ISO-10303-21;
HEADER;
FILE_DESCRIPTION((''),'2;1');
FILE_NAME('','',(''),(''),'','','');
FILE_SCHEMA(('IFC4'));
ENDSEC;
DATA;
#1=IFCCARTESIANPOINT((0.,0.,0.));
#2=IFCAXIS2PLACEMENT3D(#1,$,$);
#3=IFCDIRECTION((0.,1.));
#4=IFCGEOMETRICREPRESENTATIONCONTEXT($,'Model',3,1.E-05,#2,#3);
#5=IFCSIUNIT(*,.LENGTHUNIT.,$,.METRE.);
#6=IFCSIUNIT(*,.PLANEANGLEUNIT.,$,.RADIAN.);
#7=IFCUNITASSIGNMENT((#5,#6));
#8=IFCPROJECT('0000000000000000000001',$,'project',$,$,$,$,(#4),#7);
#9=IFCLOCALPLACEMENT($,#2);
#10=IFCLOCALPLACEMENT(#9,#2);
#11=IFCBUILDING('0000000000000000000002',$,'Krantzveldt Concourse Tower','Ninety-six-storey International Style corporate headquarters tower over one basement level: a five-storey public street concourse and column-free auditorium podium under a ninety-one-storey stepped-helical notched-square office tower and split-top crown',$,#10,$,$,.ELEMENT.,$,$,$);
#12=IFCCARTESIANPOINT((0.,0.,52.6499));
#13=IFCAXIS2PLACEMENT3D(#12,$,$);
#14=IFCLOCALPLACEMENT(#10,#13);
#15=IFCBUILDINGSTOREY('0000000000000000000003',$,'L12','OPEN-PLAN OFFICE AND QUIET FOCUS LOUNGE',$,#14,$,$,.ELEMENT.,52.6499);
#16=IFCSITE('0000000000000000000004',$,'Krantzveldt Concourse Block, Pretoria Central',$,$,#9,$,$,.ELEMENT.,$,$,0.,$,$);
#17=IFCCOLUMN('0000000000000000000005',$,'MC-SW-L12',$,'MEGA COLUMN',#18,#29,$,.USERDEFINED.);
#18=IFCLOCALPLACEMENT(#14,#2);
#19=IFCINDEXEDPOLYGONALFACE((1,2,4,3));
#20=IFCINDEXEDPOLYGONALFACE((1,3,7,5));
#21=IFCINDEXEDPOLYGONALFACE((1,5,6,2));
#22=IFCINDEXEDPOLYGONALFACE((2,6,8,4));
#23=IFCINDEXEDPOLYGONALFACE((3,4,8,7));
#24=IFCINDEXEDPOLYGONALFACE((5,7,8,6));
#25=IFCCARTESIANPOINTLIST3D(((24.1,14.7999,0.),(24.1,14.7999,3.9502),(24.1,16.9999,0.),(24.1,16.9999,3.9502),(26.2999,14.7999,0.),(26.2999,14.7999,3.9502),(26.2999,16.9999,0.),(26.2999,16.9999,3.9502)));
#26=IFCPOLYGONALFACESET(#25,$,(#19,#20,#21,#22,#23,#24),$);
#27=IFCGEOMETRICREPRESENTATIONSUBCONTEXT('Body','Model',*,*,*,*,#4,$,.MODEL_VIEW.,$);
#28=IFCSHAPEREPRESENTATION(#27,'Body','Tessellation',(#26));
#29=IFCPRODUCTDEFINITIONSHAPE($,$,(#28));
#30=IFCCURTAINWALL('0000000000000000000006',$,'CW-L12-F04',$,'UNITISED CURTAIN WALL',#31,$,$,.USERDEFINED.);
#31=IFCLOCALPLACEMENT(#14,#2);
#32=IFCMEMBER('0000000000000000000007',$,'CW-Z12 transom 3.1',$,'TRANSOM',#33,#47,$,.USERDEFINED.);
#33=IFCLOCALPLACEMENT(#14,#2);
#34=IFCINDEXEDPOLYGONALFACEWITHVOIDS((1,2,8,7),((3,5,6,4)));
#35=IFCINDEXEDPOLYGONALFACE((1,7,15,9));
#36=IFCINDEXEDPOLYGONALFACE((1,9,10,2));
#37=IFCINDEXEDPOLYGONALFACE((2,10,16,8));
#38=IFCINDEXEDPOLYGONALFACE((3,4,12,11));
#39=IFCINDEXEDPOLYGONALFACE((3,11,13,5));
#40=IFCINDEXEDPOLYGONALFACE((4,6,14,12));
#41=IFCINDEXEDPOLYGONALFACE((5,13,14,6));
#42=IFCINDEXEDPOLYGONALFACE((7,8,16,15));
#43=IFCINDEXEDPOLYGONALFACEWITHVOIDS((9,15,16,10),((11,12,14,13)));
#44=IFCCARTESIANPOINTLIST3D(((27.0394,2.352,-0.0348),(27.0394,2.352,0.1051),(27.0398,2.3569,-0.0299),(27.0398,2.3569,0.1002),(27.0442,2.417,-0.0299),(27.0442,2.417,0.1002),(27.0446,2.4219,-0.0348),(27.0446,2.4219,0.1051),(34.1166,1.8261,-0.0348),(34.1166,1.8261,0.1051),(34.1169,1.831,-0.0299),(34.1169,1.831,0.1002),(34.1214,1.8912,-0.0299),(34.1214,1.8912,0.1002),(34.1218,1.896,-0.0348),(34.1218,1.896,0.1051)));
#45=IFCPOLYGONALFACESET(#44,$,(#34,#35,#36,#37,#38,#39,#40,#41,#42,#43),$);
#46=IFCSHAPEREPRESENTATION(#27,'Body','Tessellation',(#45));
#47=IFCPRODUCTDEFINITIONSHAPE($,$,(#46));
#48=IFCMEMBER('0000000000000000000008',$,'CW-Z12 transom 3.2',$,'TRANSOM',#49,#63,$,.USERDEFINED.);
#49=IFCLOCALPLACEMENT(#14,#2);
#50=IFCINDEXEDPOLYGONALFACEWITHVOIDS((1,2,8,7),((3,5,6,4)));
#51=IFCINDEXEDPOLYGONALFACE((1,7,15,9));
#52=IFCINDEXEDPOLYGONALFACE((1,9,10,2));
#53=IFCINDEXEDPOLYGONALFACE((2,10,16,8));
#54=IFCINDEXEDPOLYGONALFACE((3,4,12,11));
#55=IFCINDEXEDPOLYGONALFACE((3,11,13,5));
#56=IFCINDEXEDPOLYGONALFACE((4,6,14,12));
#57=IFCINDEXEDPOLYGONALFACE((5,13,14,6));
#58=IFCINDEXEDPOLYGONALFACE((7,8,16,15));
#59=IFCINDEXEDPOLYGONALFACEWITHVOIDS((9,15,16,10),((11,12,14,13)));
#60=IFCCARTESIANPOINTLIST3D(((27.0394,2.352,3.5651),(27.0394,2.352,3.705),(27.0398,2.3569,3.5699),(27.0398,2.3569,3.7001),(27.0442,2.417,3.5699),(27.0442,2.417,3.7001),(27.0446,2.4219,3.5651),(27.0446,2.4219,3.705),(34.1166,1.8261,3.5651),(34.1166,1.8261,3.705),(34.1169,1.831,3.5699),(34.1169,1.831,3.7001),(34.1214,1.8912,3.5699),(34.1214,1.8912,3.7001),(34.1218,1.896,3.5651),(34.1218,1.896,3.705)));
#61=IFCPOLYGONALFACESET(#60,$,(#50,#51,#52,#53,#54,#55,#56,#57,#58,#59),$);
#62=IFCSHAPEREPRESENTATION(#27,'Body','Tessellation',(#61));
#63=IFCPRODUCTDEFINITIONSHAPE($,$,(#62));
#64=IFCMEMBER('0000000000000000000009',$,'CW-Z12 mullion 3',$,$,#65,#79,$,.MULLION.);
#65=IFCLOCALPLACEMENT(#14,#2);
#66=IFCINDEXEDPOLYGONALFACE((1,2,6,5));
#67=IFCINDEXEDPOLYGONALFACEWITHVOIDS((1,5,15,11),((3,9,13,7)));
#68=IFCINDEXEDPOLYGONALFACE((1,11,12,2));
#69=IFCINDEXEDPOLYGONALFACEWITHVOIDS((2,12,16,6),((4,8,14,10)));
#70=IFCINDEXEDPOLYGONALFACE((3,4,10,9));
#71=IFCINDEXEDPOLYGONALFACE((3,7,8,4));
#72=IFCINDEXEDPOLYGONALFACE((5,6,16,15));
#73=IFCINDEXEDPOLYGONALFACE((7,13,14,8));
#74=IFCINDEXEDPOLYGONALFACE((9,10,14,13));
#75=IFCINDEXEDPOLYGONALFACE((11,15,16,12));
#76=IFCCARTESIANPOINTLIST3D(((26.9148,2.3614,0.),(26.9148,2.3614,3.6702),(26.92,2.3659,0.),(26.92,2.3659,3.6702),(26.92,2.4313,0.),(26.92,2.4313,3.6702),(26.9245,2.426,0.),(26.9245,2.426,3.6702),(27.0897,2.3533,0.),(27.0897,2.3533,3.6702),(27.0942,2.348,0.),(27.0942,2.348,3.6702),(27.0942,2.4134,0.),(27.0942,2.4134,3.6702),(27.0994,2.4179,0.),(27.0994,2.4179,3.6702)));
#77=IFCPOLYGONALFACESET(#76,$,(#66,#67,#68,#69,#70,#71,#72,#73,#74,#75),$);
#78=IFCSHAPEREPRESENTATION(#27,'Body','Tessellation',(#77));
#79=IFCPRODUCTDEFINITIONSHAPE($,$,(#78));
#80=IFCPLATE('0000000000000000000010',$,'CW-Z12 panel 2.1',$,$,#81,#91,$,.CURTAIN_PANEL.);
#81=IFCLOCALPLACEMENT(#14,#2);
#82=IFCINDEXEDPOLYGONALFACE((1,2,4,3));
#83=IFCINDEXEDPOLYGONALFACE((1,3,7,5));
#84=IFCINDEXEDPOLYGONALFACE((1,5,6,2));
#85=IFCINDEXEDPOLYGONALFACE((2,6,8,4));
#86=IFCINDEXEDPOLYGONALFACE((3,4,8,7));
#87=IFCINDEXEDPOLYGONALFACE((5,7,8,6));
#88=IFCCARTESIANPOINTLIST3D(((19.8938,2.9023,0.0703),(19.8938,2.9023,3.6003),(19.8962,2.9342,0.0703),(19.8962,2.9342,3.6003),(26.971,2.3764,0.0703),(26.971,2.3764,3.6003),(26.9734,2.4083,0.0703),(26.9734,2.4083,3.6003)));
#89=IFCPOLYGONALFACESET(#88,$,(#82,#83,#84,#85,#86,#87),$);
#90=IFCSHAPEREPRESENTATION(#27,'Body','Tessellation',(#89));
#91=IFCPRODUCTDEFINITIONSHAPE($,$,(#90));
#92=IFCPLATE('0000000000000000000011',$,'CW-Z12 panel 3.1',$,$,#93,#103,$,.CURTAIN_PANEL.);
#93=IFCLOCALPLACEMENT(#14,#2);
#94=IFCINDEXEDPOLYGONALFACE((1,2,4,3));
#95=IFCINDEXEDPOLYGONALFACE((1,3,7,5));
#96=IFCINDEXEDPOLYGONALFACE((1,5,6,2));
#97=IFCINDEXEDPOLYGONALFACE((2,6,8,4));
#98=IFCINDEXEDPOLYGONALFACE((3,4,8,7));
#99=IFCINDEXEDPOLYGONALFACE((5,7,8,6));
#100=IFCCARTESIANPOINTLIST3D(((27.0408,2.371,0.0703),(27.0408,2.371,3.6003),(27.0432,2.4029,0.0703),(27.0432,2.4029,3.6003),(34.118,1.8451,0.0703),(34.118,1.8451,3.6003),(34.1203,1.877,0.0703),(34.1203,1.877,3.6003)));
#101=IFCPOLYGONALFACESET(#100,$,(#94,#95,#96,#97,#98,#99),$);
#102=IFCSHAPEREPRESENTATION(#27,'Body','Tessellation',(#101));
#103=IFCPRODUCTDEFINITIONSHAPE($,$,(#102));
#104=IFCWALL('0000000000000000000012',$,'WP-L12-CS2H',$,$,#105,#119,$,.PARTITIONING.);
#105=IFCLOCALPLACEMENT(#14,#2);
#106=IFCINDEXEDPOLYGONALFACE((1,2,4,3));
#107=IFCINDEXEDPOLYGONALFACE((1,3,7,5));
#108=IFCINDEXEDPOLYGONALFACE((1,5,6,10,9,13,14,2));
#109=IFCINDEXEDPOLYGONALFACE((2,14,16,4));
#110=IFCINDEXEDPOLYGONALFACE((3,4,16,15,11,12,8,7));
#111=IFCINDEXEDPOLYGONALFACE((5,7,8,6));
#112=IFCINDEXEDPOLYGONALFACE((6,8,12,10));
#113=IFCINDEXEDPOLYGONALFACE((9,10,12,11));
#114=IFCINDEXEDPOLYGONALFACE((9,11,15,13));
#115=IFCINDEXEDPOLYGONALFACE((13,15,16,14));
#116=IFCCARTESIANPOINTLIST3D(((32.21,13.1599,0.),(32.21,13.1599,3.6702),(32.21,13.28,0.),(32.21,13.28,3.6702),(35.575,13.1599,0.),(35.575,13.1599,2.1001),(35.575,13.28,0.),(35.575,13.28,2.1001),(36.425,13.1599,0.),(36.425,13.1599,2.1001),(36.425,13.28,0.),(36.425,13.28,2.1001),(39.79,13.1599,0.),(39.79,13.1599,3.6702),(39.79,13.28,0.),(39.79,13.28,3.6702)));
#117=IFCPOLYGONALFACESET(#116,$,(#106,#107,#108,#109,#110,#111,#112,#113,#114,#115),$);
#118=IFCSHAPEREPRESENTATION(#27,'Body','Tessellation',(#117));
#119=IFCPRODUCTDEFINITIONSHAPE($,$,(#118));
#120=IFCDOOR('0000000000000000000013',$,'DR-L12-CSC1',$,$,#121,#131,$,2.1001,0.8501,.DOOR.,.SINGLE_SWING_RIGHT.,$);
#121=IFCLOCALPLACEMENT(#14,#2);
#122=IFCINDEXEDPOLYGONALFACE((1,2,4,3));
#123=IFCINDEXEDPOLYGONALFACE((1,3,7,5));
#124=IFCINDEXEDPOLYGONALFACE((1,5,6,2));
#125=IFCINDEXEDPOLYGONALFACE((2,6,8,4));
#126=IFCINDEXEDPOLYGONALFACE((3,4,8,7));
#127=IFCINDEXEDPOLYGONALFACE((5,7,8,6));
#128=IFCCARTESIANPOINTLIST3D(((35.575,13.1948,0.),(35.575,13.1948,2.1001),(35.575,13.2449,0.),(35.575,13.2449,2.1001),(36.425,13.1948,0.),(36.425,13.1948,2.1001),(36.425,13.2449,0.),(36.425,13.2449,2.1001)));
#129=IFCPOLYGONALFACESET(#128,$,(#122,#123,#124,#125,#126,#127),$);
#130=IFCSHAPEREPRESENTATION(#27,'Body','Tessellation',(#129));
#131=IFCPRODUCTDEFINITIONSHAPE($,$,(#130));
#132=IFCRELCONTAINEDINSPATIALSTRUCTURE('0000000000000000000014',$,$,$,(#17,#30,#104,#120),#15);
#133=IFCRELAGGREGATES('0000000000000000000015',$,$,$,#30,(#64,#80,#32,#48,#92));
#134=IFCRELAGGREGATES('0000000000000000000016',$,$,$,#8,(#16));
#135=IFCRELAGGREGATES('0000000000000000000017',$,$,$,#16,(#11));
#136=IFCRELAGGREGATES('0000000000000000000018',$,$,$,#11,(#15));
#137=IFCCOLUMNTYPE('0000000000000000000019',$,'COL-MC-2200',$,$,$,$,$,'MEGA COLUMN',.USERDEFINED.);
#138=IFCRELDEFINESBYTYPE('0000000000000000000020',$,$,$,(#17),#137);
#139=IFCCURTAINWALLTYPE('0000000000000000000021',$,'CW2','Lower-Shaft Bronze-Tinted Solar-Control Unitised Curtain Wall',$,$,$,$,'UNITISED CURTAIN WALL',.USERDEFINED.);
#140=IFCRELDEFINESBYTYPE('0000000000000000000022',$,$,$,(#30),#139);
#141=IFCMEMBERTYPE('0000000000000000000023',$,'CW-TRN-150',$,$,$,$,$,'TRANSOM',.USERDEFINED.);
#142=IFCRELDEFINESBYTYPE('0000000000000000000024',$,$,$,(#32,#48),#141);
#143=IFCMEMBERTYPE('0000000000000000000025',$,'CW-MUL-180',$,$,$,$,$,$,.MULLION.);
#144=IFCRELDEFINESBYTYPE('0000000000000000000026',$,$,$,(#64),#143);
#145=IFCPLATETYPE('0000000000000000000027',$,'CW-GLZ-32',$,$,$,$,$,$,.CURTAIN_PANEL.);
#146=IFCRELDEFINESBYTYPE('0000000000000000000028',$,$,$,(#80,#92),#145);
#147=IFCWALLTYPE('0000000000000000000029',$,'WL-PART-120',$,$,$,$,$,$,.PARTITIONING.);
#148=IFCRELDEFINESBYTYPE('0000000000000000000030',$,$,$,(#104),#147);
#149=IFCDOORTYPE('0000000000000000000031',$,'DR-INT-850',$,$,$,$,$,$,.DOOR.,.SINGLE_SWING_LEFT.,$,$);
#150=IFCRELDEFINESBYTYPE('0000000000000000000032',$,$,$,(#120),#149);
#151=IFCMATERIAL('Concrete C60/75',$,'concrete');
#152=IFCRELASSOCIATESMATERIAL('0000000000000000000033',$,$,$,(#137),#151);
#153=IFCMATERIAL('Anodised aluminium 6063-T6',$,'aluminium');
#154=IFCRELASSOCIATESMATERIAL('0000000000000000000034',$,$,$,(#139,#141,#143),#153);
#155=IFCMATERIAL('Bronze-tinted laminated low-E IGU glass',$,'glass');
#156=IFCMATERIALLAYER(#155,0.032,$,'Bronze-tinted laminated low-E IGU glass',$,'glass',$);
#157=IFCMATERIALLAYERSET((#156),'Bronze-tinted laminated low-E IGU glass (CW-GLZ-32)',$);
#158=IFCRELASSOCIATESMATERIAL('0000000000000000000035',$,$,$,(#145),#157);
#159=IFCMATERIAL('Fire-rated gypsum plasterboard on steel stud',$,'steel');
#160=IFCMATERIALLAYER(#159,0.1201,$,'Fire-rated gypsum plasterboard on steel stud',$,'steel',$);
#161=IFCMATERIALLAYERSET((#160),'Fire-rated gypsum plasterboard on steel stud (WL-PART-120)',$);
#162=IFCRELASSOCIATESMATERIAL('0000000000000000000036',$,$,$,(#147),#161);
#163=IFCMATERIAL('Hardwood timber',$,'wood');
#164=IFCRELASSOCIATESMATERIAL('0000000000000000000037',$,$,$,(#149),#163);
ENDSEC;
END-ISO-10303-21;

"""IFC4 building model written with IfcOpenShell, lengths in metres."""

from ifc_helpers import new_model, si_unit, direction, frame, frame_2d, origin, origin_2d, place, context, subcontext, project, spatial, rectangle, hollow_rectangle, extrude, source, transform, mapped, material, layer, layer_set, material_profile, profile_set, type_object, type_shapes, element, fill, aggregate, save


model = new_model("IFC4")

# Units and contexts
model_context = context("Model", 3, precision=1e-05, world=origin(), true_north=direction((0.0, 1.0)))
body_context = subcontext(model_context, "Body", "Model", "MODEL_VIEW")
ifc_project = project(units=[si_unit("LENGTHUNIT", "METRE"), si_unit("PLANEANGLEUNIT", "RADIAN")], contexts=[model_context])

# Site, building, storey
site_placement = place(None, origin())
site = spatial("IfcSite", under=ifc_project, at=site_placement, Name="Krantzveldt Concourse Block, Pretoria Central", CompositionType="ELEMENT", RefElevation=0.0)
building_placement = place(site_placement, origin())
building = spatial("IfcBuilding", under=site, at=building_placement, Name="Krantzveldt Concourse Tower", Description="Ninety-six-storey International Style corporate headquarters tower over one basement level: a five-storey public street concourse and column-free auditorium podium under a ninety-one-storey stepped-helical notched-square office tower and split-top crown", CompositionType="ELEMENT")
storey_placement = place(building_placement, frame((0.0, 0.0, 52.6499)))
storey = spatial("IfcBuildingStorey", under=building, at=storey_placement, Name="L12", Description="OPEN-PLAN OFFICE AND QUIET FOCUS LOUNGE", CompositionType="ELEMENT", Elevation=52.6499)

# Column
ifc_material_1 = material(Name="Concrete C60/75", Category="concrete")
ifc_material_profile_1 = material_profile(ifc_material_1, rectangle(XDim=2.2, YDim=2.2, at=origin_2d()), Name="Concrete C60/75", Category="concrete")
ifc_profile_set_1 = profile_set([ifc_material_profile_1], Name="Concrete C60/75 - RC 2200x2200")
column_type = type_object("IfcColumnType", Name="COL-MC-2200", ElementType="MEGA COLUMN", PredefinedType="USERDEFINED", material=ifc_profile_set_1)
shared_shape_1 = source(origin(), body_context, "Body", "SweptSolid", [
    extrude(rectangle(XDim=2.2, YDim=2.2, at=origin_2d()), origin(), (0.0, 0.0, 1.0), 3.9502),
])
type_shapes(column_type, [shared_shape_1])
column_placement = place(storey_placement, frame((25.2, 15.8999, 0.0), z_axis=(0.0, 0.0, 1.0), x_axis=(1.0, 0.0, 0.0)))
element("IfcColumn", 1, at=column_placement, inside=storey, type_object=column_type, Name="MC-SW-L12", ObjectType="MEGA COLUMN", PredefinedType="USERDEFINED", context=body_context, shape_type="MappedRepresentation", body=[
    mapped(shared_shape_1, transform((0.0, 0.0, 0.0), x_axis=(1.0, 0.0, 0.0), y_axis=(0.0, 1.0, 0.0), z_axis=(0.0, 0.0, 1.0), scale=1.0)),
])

# Curtain wall, members, plates
ifc_material_2 = material(Name="Anodised aluminium 6063-T6", Category="aluminium")
curtain_wall_type = type_object("IfcCurtainWallType", Name="CW2", Description="Lower-Shaft Bronze-Tinted Solar-Control Unitised Curtain Wall", ElementType="UNITISED CURTAIN WALL", PredefinedType="USERDEFINED", material=ifc_material_2)
curtain_wall_placement = place(storey_placement, origin())
curtain_wall = element("IfcCurtainWall", 2, at=curtain_wall_placement, inside=storey, type_object=curtain_wall_type, Name="CW-L12-F04", ObjectType="UNITISED CURTAIN WALL", PredefinedType="USERDEFINED")
ifc_material_profile_2 = material_profile(ifc_material_2, hollow_rectangle(XDim=0.0701, YDim=0.1399, WallThickness=0.0049, at=origin_2d()), Name="Anodised aluminium 6063-T6", Category="aluminium")
ifc_profile_set_2 = profile_set([ifc_material_profile_2], Name="Anodised aluminium 6063-T6 - ALU-TRAN 140x70x5")
member_type_1 = type_object("IfcMemberType", Name="CW-TRN-150", ElementType="TRANSOM", PredefinedType="USERDEFINED", material=ifc_profile_set_2)
shared_shape_2 = source(origin(), body_context, "Body", "SweptSolid", [
    extrude(hollow_rectangle(XDim=0.0701, YDim=0.1399, WallThickness=0.0049, at=origin_2d()), origin(), (0.0, 0.0, 1.0), 7.0967),
])
type_shapes(member_type_1, [shared_shape_2])
member_1_placement = place(storey_placement, frame((27.042, 2.387, 0.0352), z_axis=(0.997251, -0.074102, 0.0), x_axis=(0.074102, 0.997251, 0.0)))
member_1 = element("IfcMember", 3, at=member_1_placement, type_object=member_type_1, Name="CW-Z12 transom 3.1", ObjectType="TRANSOM", PredefinedType="USERDEFINED", context=body_context, shape_type="MappedRepresentation", body=[
    mapped(shared_shape_2, transform((0.0, 0.0, 0.0), x_axis=(1.0, 0.0, 0.0), y_axis=(0.0, 1.0, 0.0), z_axis=(0.0, 0.0, 1.0), scale=1.0)),
])
member_2_placement = place(storey_placement, frame((27.042, 2.387, 3.635), z_axis=(0.997251, -0.074102, 0.0), x_axis=(0.074102, 0.997251, 0.0)))
member_2 = element("IfcMember", 4, at=member_2_placement, type_object=member_type_1, Name="CW-Z12 transom 3.2", ObjectType="TRANSOM", PredefinedType="USERDEFINED", context=body_context, shape_type="MappedRepresentation", body=[
    mapped(shared_shape_2, transform((0.0, 0.0, 0.0), x_axis=(1.0, 0.0, 0.0), y_axis=(0.0, 1.0, 0.0), z_axis=(0.0, 0.0, 1.0), scale=1.0)),
])
ifc_material_profile_3 = material_profile(ifc_material_2, hollow_rectangle(XDim=0.0701, YDim=0.1799, WallThickness=0.0049, at=origin_2d()), Name="Anodised aluminium 6063-T6", Category="aluminium")
ifc_profile_set_3 = profile_set([ifc_material_profile_3], Name="Anodised aluminium 6063-T6 - ALU-MULL 180x70x5")
member_type_2 = type_object("IfcMemberType", Name="CW-MUL-180", PredefinedType="MULLION", material=ifc_profile_set_3)
shared_shape_3 = source(origin(), body_context, "Body", "SweptSolid", [
    extrude(hollow_rectangle(XDim=0.0701, YDim=0.1799, WallThickness=0.0049, at=origin_2d()), origin(), (0.0, 0.0, 1.0), 3.6702),
])
type_shapes(member_type_2, [shared_shape_3])
member_3_placement = place(storey_placement, frame((27.0071, 2.3896, 0.0), z_axis=(0.0, 0.0, 1.0), x_axis=(0.074109, 0.99725, 0.0)))
member_3 = element("IfcMember", 5, at=member_3_placement, type_object=member_type_2, Name="CW-Z12 mullion 3", PredefinedType="MULLION", context=body_context, shape_type="MappedRepresentation", body=[
    mapped(shared_shape_3, transform((0.0, 0.0, 0.0), x_axis=(1.0, 0.0, 0.0), y_axis=(0.0, 1.0, 0.0), z_axis=(0.0, 0.0, 1.0), scale=1.0)),
])
ifc_material_3 = material(Name="Bronze-tinted laminated low-E IGU glass", Category="glass")
ifc_layer_1 = layer(ifc_material_3, 0.032, Name="Bronze-tinted laminated low-E IGU glass", Category="glass")
ifc_layer_set_1 = layer_set([ifc_layer_1], Name="Bronze-tinted laminated low-E IGU glass (CW-GLZ-32)")
plate_type = type_object("IfcPlateType", Name="CW-GLZ-32", PredefinedType="CURTAIN_PANEL", material=ifc_layer_set_1)
shared_shape_4 = source(origin(), body_context, "Body", "SweptSolid", [
    extrude(rectangle(XDim=7.0967, YDim=0.032, at=origin_2d()), origin(), (0.0, 0.0, 1.0), 3.53),
])
type_shapes(plate_type, [shared_shape_4])
plate_1_placement = place(storey_placement, frame((23.4336, 2.6553, 0.0703), z_axis=(0.0, 0.0, 1.0), x_axis=(0.99725, -0.074109, 0.0)))
plate_1 = element("IfcPlate", 6, at=plate_1_placement, type_object=plate_type, Name="CW-Z12 panel 2.1", PredefinedType="CURTAIN_PANEL", context=body_context, shape_type="MappedRepresentation", body=[
    mapped(shared_shape_4, transform((0.0, 0.0, 0.0), x_axis=(1.0, 0.0, 0.0), y_axis=(0.0, 1.0, 0.0), z_axis=(0.0, 0.0, 1.0), scale=1.0)),
])
plate_2_placement = place(storey_placement, frame((30.5806, 2.124, 0.0703), z_axis=(0.0, 0.0, 1.0), x_axis=(0.99725, -0.074109, 0.0)))
plate_2 = element("IfcPlate", 7, at=plate_2_placement, type_object=plate_type, Name="CW-Z12 panel 3.1", PredefinedType="CURTAIN_PANEL", context=body_context, shape_type="MappedRepresentation", body=[
    mapped(shared_shape_4, transform((0.0, 0.0, 0.0), x_axis=(1.0, 0.0, 0.0), y_axis=(0.0, 1.0, 0.0), z_axis=(0.0, 0.0, 1.0), scale=1.0)),
])
aggregate(curtain_wall, [member_3, plate_1, member_1, member_2, plate_2])

# Wall, opening, door
ifc_material_4 = material(Name="Fire-rated gypsum plasterboard on steel stud", Category="steel")
ifc_layer_2 = layer(ifc_material_4, 0.1201, Name="Fire-rated gypsum plasterboard on steel stud", Category="steel")
ifc_layer_set_2 = layer_set([ifc_layer_2], Name="Fire-rated gypsum plasterboard on steel stud (WL-PART-120)")
wall_type_1 = type_object("IfcWallType", Name="WL-PART-120", PredefinedType="PARTITIONING", material=ifc_layer_set_2)
wall_1_placement = place(storey_placement, frame((32.21, 13.22, 0.0), z_axis=(0.0, 0.0, 1.0), x_axis=(1.0, 0.0, 0.0)))
wall_1 = element("IfcWall", 8, at=wall_1_placement, inside=storey, type_object=wall_type_1, Name="WP-L12-CS2H", PredefinedType="PARTITIONING", context=body_context, shape_type="SweptSolid", body=[
    extrude(rectangle(XDim=7.5801, YDim=0.1201, at=frame_2d((3.79, 0.0))), origin(), (0.0, 0.0, 1.0), 3.6702),
])
opening_1_placement = place(wall_1_placement, frame((3.365, 0.0, 0.0)))
opening_1 = element("IfcOpeningElement", 9, at=opening_1_placement, cuts=wall_1, PredefinedType="OPENING", context=body_context, shape_type="SweptSolid", body=[
    extrude(rectangle(XDim=0.8501, YDim=2.1001, at=frame_2d((0.425, 1.05))), frame((0.0, 0.0701, 0.0), z_axis=(0.0, -1.0, 0.0), x_axis=(1.0, 0.0, 0.0)), (0.0, 0.0, 1.0), 0.1401),
])
ifc_material_5 = material(Name="Hardwood timber", Category="wood")
door_type_1 = type_object("IfcDoorType", Name="DR-INT-850", OperationType="SINGLE_SWING_LEFT", PredefinedType="DOOR", material=ifc_material_5)
door_1_placement = place(opening_1_placement, origin())
door_1 = element("IfcDoor", 10, at=door_1_placement, inside=storey, type_object=door_type_1, Name="DR-L12-CSC1", OperationType="SINGLE_SWING_RIGHT", OverallHeight=2.1001, OverallWidth=0.8501, PredefinedType="DOOR", context=body_context, shape_type="SweptSolid", body=[
    extrude(rectangle(XDim=0.8501, YDim=2.1001, at=frame_2d((0.425, 1.05))), frame((0.0, 0.0249, 0.0), z_axis=(0.0, -1.0, 0.0), x_axis=(1.0, 0.0, 0.0)), (0.0, 0.0, 1.0), 0.05),
])
fill(opening_1, door_1)

save(model, "model.ifc")
